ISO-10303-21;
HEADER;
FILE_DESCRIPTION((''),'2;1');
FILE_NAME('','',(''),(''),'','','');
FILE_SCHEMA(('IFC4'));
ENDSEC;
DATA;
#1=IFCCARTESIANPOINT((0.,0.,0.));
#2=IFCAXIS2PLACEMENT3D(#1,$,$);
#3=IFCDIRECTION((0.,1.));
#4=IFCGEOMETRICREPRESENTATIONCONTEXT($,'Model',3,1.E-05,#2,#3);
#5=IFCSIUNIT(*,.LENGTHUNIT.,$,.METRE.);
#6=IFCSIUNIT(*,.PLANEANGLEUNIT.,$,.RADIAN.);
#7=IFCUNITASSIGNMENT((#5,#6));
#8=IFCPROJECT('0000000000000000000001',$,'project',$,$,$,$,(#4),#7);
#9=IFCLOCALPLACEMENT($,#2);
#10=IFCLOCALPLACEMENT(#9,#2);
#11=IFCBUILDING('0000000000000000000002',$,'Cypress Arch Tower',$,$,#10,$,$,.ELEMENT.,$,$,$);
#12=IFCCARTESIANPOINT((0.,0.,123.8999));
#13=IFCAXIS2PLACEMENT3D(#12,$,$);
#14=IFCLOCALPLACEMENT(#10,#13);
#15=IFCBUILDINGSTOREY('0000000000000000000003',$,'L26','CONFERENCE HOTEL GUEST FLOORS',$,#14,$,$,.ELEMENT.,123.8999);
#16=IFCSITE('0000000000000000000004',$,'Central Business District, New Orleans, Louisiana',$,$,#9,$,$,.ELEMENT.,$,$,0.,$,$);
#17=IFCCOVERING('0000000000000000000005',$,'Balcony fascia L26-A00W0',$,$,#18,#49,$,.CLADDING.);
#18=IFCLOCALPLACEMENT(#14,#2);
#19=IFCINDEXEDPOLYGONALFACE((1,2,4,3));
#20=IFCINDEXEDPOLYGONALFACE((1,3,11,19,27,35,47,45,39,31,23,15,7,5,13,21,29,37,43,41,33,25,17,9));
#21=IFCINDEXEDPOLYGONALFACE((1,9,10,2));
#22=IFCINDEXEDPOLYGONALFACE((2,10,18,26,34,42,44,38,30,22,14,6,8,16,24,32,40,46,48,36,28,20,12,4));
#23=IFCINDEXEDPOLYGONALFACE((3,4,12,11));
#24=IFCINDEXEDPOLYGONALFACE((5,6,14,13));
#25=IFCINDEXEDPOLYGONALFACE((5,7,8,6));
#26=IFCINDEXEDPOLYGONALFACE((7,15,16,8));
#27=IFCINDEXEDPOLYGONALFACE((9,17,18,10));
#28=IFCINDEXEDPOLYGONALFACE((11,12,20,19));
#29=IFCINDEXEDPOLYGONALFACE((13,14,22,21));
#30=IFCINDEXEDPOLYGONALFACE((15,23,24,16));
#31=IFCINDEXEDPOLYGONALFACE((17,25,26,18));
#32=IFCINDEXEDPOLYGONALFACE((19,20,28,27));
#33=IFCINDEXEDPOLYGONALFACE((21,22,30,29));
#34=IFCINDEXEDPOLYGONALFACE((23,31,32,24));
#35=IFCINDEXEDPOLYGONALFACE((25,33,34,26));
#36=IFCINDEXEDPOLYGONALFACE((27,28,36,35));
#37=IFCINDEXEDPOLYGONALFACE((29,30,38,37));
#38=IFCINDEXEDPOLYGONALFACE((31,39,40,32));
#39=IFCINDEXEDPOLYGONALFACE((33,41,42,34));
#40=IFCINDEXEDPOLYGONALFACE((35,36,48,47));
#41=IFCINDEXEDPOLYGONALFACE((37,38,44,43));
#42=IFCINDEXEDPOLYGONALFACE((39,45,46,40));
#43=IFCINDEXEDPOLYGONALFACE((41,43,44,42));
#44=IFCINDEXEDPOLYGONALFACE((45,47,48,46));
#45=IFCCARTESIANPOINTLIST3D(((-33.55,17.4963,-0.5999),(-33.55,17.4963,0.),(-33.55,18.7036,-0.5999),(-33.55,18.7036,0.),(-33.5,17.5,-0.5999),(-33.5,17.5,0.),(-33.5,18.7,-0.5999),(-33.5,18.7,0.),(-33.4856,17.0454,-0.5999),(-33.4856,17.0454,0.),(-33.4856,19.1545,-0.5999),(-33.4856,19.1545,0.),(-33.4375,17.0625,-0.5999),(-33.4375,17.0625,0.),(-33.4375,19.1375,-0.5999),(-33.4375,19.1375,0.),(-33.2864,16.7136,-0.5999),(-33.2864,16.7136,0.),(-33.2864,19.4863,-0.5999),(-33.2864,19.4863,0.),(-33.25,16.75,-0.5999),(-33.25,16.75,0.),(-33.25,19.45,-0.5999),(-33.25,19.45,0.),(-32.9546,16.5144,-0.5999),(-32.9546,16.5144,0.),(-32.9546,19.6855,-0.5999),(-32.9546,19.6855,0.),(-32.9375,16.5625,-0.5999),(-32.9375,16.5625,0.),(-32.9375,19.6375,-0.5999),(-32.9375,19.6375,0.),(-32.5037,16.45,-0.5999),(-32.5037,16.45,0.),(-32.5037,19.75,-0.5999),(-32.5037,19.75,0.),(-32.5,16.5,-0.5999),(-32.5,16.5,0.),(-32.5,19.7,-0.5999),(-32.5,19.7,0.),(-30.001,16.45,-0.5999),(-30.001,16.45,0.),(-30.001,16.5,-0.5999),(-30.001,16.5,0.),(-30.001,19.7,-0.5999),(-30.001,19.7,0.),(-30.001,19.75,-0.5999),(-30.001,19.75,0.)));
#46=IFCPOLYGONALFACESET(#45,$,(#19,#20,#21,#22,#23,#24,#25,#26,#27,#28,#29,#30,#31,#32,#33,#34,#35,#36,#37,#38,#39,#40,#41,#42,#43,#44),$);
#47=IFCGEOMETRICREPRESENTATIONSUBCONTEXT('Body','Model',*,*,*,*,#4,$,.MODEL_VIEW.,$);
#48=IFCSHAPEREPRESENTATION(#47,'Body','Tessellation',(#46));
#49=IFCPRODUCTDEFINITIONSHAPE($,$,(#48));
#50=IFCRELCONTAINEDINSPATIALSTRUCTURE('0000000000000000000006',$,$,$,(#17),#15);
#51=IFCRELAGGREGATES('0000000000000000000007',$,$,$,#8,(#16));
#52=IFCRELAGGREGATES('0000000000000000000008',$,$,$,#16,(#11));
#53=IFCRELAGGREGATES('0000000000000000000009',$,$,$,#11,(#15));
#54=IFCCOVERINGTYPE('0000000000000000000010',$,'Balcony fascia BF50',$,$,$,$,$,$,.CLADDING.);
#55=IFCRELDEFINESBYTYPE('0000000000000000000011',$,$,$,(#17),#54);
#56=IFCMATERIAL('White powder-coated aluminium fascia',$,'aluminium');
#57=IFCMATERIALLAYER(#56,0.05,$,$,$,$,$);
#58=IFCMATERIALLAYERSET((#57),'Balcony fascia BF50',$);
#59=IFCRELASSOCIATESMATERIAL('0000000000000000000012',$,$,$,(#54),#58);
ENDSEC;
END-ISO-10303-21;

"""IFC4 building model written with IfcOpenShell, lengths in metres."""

from ifc_helpers import new_model, si_unit, direction, frame, origin, place, context, subcontext, project, spatial, polyline, outline, extrude, material, layer, layer_set, type_object, element, save


model = new_model("IFC4")

# Units and contexts
model_context = context("Model", 3, precision=1e-05, world=origin(), true_north=direction((0.0, 1.0)))
body_context = subcontext(model_context, "Body", "Model", "MODEL_VIEW")
ifc_project = project(units=[si_unit("LENGTHUNIT", "METRE"), si_unit("PLANEANGLEUNIT", "RADIAN")], contexts=[model_context])

# Site, building, storey
site_placement = place(None, origin())
site = spatial("IfcSite", under=ifc_project, at=site_placement, Name="Central Business District, New Orleans, Louisiana", CompositionType="ELEMENT", RefElevation=0.0)
building_placement = place(site_placement, origin())
building = spatial("IfcBuilding", under=site, at=building_placement, Name="Cypress Arch Tower", CompositionType="ELEMENT")
storey_placement = place(building_placement, frame((0.0, 0.0, 123.8999)))
storey = spatial("IfcBuildingStorey", under=building, at=storey_placement, Name="L26", Description="CONFERENCE HOTEL GUEST FLOORS", CompositionType="ELEMENT", Elevation=123.8999)

# Covering
ifc_material_1 = material(Name="White powder-coated aluminium fascia", Category="aluminium")
ifc_layer_1 = layer(ifc_material_1, 0.05)
ifc_layer_set_1 = layer_set([ifc_layer_1], Name="Balcony fascia BF50")
covering_type = type_object("IfcCoveringType", Name="Balcony fascia BF50", PredefinedType="CLADDING", material=ifc_layer_set_1)
covering_placement = place(storey_placement, frame((0.0, 0.0, -0.5999)))
element("IfcCovering", 1, at=covering_placement, inside=storey, type_object=covering_type, Name="Balcony fascia L26-A00W0", PredefinedType="CLADDING", context=body_context, shape_type="SweptSolid", body=[
    extrude(outline(polyline([(-32.5037, 16.45), (-32.9546, 16.5144), (-33.2864, 16.7136), (-33.4856, 17.0454), (-33.55, 17.4963), (-33.55, 18.7036), (-33.4856, 19.1545), (-33.2864, 19.4863), (-32.9546, 19.6855), (-32.5037, 19.75), (-30.001, 19.75), (-30.001, 19.7), (-32.5, 19.7), (-32.9375, 19.6375), (-33.25, 19.45), (-33.4375, 19.1375), (-33.5, 18.7), (-33.5, 17.5), (-33.4375, 17.0625), (-33.25, 16.75), (-32.9375, 16.5625), (-32.5, 16.5), (-30.001, 16.5), (-30.001, 16.45), (-32.5037, 16.45)])), origin(), (0.0, 0.0, 1.0), 0.5999),
])

save(model, "model.ifc")
